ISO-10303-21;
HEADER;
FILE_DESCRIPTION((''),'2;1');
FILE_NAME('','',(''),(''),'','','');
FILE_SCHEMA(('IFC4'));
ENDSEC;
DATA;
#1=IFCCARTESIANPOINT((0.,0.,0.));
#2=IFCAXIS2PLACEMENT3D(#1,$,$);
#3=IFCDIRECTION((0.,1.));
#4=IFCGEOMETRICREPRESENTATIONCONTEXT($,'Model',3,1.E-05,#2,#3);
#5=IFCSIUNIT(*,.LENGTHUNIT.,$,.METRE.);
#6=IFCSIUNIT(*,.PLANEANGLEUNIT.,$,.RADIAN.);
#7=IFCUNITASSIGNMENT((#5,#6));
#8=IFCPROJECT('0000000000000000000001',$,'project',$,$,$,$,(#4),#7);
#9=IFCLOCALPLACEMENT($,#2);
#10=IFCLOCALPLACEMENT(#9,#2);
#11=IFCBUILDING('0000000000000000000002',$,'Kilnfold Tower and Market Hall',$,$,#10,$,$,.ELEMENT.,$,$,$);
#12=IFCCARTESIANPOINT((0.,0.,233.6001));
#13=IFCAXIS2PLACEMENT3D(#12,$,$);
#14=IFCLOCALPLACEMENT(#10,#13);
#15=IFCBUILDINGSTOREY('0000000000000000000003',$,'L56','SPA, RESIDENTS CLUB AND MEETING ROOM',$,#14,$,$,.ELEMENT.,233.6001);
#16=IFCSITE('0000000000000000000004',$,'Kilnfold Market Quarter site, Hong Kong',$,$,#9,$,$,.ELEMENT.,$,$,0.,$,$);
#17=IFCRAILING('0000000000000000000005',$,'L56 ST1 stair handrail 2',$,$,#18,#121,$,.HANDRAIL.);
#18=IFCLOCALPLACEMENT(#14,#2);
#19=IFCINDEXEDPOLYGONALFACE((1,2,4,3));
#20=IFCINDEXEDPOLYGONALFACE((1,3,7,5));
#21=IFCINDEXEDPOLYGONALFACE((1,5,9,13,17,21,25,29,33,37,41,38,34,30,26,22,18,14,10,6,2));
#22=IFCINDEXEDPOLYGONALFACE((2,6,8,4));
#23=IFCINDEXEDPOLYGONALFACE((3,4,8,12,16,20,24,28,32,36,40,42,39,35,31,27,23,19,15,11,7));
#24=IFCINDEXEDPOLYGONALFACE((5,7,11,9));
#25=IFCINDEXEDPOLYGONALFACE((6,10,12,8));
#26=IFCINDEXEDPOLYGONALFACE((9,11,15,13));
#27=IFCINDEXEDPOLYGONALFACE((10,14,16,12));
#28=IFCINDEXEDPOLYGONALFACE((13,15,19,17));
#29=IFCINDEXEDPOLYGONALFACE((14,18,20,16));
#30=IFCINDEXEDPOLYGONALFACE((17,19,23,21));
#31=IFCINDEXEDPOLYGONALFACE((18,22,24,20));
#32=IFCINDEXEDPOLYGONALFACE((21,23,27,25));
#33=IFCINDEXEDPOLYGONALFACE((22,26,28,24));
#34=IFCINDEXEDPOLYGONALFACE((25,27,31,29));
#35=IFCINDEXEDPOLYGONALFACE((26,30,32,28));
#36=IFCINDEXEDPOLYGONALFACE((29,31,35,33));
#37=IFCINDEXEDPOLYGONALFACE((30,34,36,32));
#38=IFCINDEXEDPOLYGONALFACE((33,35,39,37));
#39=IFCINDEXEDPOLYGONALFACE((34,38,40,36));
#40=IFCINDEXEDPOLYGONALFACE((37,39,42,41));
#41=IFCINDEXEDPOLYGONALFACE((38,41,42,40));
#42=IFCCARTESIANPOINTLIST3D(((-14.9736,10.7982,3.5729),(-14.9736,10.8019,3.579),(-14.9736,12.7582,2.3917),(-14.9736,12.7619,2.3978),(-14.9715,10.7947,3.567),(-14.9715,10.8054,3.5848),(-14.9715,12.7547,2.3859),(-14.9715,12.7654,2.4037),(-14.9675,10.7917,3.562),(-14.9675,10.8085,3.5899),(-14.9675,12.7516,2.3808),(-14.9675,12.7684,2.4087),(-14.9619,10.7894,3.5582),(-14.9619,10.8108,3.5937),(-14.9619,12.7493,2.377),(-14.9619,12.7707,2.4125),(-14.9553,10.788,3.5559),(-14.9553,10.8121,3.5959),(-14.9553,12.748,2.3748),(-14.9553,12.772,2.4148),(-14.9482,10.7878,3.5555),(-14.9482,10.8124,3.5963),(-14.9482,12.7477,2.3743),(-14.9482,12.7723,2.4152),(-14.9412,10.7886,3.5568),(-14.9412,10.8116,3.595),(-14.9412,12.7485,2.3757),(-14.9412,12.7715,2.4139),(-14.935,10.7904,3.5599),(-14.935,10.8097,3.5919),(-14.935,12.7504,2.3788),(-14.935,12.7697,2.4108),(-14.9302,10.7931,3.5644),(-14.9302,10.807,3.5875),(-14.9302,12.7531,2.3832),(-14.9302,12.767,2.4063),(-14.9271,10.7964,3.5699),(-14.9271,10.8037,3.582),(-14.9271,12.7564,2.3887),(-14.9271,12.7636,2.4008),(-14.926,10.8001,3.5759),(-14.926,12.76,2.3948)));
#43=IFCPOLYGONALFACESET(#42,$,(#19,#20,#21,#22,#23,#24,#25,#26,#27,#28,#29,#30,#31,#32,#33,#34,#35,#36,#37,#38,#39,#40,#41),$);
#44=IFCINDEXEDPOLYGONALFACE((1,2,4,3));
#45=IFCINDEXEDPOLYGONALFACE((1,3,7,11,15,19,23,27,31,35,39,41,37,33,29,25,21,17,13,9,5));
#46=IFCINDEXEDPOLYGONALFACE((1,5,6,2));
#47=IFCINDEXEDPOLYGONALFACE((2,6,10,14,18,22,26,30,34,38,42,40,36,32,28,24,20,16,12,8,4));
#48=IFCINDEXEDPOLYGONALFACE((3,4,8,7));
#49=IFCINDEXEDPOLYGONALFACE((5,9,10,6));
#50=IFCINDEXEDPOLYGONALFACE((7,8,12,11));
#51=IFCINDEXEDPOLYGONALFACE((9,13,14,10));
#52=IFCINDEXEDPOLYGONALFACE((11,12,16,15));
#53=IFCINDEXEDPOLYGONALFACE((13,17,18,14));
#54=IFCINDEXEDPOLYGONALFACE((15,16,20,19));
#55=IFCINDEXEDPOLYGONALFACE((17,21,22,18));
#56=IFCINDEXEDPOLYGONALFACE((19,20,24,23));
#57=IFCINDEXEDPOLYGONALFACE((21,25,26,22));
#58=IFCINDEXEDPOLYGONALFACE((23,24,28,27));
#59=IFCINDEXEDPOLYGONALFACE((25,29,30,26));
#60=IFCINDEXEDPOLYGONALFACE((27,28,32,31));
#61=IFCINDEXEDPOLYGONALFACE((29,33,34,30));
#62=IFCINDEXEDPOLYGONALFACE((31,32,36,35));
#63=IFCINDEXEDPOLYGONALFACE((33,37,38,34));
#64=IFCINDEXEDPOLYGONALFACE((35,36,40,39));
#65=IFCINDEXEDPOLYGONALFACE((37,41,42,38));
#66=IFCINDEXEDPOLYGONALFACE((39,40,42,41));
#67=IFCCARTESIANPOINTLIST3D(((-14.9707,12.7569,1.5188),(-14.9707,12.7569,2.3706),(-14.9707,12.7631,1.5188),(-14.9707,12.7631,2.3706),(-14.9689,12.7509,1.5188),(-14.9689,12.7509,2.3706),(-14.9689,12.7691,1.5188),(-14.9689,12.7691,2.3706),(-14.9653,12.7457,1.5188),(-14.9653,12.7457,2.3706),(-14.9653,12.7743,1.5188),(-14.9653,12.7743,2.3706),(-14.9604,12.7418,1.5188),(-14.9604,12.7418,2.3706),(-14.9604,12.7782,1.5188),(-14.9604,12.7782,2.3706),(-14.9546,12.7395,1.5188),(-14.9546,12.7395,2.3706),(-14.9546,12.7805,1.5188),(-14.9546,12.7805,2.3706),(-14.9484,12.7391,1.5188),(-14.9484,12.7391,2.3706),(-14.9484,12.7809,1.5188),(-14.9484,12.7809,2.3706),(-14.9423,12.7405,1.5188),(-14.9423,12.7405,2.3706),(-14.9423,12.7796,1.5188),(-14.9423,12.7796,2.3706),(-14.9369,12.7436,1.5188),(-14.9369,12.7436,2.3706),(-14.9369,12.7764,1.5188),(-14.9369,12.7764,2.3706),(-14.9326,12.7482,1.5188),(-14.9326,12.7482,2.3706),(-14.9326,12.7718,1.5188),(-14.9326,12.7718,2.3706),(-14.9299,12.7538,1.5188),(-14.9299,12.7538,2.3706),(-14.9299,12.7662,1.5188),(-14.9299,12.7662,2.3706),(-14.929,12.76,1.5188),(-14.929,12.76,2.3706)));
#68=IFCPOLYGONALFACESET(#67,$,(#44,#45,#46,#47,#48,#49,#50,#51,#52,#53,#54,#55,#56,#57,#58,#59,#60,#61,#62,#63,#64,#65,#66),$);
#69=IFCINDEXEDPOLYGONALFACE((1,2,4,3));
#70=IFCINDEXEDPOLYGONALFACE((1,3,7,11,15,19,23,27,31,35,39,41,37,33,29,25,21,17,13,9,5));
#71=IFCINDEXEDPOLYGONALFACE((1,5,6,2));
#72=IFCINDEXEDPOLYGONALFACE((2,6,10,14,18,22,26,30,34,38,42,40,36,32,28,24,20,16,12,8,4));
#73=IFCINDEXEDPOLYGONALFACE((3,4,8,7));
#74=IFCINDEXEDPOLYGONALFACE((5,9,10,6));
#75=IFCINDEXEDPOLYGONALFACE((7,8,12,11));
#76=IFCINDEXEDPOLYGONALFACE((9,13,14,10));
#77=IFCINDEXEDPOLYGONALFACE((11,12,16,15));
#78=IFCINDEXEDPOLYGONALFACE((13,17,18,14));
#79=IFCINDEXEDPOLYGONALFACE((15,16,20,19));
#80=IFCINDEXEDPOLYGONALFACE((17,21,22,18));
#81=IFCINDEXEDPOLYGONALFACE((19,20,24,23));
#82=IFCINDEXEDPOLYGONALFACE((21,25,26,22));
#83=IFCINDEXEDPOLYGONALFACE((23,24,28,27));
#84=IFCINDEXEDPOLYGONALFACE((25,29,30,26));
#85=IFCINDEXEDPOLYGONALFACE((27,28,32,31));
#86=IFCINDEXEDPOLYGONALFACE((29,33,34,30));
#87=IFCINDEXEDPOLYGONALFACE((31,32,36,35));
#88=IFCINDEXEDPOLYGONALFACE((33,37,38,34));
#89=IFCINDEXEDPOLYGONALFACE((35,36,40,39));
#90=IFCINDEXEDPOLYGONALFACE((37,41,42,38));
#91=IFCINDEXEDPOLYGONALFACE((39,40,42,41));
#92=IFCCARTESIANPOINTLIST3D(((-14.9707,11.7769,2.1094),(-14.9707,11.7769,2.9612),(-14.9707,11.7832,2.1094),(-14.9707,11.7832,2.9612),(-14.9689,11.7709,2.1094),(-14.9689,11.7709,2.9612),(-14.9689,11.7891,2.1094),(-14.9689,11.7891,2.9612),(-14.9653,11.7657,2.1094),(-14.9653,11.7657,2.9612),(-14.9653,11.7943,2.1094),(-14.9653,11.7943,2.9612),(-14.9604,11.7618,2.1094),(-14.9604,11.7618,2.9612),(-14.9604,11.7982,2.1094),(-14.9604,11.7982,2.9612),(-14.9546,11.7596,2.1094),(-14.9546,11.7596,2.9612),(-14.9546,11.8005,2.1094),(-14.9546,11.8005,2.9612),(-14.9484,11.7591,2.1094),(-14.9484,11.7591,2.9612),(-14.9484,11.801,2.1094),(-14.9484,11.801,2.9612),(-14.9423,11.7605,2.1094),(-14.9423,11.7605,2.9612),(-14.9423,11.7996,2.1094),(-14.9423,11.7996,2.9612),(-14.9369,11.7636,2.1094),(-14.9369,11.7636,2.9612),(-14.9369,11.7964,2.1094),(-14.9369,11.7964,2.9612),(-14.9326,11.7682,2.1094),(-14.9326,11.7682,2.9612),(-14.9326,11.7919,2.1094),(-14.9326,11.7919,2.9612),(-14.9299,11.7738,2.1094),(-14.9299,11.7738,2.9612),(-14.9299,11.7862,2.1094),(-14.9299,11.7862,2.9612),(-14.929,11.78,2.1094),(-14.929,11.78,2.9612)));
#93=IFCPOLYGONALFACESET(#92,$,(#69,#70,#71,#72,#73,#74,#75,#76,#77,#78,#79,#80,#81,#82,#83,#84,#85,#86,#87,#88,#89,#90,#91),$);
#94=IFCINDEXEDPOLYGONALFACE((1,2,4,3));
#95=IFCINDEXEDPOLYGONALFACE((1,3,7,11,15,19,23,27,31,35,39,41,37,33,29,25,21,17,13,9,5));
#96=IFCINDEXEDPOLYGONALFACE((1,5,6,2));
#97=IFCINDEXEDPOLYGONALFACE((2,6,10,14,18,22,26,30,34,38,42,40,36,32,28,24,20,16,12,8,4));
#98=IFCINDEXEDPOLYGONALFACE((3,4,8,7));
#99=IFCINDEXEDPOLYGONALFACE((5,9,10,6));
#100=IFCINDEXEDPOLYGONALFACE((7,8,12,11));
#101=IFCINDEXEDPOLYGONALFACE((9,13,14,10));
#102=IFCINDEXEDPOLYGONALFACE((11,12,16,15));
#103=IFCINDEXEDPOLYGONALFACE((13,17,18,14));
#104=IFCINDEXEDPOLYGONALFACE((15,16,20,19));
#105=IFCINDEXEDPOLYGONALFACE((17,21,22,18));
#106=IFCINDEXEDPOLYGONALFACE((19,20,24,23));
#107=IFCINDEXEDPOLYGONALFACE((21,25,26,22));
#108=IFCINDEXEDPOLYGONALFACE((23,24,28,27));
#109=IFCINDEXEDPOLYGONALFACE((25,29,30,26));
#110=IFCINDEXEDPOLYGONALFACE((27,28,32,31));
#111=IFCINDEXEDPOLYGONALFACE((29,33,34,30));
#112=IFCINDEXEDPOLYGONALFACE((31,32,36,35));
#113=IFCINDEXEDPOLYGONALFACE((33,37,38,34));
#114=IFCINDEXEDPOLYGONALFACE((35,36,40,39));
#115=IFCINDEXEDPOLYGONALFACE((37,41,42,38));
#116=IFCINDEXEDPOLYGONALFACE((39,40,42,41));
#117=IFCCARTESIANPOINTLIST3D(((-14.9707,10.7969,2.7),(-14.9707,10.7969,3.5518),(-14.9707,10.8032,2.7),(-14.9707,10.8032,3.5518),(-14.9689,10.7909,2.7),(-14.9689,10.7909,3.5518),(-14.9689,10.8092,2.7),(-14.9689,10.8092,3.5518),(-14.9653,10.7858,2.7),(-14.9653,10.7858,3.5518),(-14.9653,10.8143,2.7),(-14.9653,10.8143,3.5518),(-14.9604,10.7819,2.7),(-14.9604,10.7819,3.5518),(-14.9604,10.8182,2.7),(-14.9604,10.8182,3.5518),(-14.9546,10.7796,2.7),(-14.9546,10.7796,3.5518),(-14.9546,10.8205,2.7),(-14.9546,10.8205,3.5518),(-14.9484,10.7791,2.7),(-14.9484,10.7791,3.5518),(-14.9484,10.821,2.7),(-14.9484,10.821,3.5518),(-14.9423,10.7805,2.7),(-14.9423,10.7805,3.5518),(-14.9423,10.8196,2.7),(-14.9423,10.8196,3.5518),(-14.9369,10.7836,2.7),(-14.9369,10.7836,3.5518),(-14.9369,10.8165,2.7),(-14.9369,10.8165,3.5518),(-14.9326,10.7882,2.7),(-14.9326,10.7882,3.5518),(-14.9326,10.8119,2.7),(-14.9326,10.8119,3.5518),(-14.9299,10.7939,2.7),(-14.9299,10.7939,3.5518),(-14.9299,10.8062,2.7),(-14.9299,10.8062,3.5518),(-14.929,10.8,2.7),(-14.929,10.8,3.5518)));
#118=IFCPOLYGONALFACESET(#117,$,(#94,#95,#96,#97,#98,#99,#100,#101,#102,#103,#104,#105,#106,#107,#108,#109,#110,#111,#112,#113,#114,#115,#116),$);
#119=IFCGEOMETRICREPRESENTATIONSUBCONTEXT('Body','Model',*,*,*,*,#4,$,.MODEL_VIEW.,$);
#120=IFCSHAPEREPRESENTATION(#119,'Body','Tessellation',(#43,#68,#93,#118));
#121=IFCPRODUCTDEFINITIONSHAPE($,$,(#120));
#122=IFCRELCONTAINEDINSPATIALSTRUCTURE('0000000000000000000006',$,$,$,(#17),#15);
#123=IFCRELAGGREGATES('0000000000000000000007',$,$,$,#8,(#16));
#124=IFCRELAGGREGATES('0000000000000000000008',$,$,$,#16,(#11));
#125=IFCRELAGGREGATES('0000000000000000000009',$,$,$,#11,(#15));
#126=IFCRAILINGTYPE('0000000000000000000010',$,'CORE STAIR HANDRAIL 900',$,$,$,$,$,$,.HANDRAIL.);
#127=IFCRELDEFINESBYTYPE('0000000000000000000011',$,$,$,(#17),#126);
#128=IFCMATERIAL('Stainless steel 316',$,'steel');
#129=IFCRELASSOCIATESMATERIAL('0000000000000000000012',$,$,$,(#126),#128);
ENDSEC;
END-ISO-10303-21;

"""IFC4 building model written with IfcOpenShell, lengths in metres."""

from ifc_helpers import new_model, si_unit, direction, frame, origin, origin_2d, place, context, subcontext, project, spatial, circle, extrude, material, type_object, element, save


model = new_model("IFC4")

# Units and contexts
model_context = context("Model", 3, precision=1e-05, world=origin(), true_north=direction((0.0, 1.0)))
body_context = subcontext(model_context, "Body", "Model", "MODEL_VIEW")
ifc_project = project(units=[si_unit("LENGTHUNIT", "METRE"), si_unit("PLANEANGLEUNIT", "RADIAN")], contexts=[model_context])

# Site, building, storey
site_placement = place(None, origin())
site = spatial("IfcSite", under=ifc_project, at=site_placement, Name="Kilnfold Market Quarter site, Hong Kong", CompositionType="ELEMENT", RefElevation=0.0)
building_placement = place(site_placement, origin())
building = spatial("IfcBuilding", under=site, at=building_placement, Name="Kilnfold Tower and Market Hall", CompositionType="ELEMENT")
storey_placement = place(building_placement, frame((0.0, 0.0, 233.6001)))
storey = spatial("IfcBuildingStorey", under=building, at=storey_placement, Name="L56", Description="SPA, RESIDENTS CLUB AND MEETING ROOM", CompositionType="ELEMENT", Elevation=233.6001)

# Railing
ifc_material_1 = material(Name="Stainless steel 316", Category="steel")
railing_type_1 = type_object("IfcRailingType", Name="CORE STAIR HANDRAIL 900", PredefinedType="HANDRAIL", material=ifc_material_1)
railing_1_placement = place(storey_placement, frame((-14.95, 12.76, 1.5188)))
element("IfcRailing", 1, at=railing_1_placement, inside=storey, type_object=railing_type_1, Name="L56 ST1 stair handrail 2", PredefinedType="HANDRAIL", context=body_context, shape_type="SweptSolid", body=[
    extrude(circle(Radius=0.0239, at=origin_2d()), frame((0.0, 0.0, 0.876), z_axis=(0.0, -0.856493, 0.516158), x_axis=(1.0, 0.0, 0.0)), (0.0, 0.0, 1.0), 2.2883),
    extrude(circle(Radius=0.021, at=origin_2d()), origin(), (0.0, 0.0, 1.0), 0.8518),
    extrude(circle(Radius=0.021, at=origin_2d()), frame((0.0, -0.98, 0.5906)), (0.0, 0.0, 1.0), 0.8518),
    extrude(circle(Radius=0.021, at=origin_2d()), frame((0.0, -1.96, 1.1812)), (0.0, 0.0, 1.0), 0.8518),
])

save(model, "model.ifc")
